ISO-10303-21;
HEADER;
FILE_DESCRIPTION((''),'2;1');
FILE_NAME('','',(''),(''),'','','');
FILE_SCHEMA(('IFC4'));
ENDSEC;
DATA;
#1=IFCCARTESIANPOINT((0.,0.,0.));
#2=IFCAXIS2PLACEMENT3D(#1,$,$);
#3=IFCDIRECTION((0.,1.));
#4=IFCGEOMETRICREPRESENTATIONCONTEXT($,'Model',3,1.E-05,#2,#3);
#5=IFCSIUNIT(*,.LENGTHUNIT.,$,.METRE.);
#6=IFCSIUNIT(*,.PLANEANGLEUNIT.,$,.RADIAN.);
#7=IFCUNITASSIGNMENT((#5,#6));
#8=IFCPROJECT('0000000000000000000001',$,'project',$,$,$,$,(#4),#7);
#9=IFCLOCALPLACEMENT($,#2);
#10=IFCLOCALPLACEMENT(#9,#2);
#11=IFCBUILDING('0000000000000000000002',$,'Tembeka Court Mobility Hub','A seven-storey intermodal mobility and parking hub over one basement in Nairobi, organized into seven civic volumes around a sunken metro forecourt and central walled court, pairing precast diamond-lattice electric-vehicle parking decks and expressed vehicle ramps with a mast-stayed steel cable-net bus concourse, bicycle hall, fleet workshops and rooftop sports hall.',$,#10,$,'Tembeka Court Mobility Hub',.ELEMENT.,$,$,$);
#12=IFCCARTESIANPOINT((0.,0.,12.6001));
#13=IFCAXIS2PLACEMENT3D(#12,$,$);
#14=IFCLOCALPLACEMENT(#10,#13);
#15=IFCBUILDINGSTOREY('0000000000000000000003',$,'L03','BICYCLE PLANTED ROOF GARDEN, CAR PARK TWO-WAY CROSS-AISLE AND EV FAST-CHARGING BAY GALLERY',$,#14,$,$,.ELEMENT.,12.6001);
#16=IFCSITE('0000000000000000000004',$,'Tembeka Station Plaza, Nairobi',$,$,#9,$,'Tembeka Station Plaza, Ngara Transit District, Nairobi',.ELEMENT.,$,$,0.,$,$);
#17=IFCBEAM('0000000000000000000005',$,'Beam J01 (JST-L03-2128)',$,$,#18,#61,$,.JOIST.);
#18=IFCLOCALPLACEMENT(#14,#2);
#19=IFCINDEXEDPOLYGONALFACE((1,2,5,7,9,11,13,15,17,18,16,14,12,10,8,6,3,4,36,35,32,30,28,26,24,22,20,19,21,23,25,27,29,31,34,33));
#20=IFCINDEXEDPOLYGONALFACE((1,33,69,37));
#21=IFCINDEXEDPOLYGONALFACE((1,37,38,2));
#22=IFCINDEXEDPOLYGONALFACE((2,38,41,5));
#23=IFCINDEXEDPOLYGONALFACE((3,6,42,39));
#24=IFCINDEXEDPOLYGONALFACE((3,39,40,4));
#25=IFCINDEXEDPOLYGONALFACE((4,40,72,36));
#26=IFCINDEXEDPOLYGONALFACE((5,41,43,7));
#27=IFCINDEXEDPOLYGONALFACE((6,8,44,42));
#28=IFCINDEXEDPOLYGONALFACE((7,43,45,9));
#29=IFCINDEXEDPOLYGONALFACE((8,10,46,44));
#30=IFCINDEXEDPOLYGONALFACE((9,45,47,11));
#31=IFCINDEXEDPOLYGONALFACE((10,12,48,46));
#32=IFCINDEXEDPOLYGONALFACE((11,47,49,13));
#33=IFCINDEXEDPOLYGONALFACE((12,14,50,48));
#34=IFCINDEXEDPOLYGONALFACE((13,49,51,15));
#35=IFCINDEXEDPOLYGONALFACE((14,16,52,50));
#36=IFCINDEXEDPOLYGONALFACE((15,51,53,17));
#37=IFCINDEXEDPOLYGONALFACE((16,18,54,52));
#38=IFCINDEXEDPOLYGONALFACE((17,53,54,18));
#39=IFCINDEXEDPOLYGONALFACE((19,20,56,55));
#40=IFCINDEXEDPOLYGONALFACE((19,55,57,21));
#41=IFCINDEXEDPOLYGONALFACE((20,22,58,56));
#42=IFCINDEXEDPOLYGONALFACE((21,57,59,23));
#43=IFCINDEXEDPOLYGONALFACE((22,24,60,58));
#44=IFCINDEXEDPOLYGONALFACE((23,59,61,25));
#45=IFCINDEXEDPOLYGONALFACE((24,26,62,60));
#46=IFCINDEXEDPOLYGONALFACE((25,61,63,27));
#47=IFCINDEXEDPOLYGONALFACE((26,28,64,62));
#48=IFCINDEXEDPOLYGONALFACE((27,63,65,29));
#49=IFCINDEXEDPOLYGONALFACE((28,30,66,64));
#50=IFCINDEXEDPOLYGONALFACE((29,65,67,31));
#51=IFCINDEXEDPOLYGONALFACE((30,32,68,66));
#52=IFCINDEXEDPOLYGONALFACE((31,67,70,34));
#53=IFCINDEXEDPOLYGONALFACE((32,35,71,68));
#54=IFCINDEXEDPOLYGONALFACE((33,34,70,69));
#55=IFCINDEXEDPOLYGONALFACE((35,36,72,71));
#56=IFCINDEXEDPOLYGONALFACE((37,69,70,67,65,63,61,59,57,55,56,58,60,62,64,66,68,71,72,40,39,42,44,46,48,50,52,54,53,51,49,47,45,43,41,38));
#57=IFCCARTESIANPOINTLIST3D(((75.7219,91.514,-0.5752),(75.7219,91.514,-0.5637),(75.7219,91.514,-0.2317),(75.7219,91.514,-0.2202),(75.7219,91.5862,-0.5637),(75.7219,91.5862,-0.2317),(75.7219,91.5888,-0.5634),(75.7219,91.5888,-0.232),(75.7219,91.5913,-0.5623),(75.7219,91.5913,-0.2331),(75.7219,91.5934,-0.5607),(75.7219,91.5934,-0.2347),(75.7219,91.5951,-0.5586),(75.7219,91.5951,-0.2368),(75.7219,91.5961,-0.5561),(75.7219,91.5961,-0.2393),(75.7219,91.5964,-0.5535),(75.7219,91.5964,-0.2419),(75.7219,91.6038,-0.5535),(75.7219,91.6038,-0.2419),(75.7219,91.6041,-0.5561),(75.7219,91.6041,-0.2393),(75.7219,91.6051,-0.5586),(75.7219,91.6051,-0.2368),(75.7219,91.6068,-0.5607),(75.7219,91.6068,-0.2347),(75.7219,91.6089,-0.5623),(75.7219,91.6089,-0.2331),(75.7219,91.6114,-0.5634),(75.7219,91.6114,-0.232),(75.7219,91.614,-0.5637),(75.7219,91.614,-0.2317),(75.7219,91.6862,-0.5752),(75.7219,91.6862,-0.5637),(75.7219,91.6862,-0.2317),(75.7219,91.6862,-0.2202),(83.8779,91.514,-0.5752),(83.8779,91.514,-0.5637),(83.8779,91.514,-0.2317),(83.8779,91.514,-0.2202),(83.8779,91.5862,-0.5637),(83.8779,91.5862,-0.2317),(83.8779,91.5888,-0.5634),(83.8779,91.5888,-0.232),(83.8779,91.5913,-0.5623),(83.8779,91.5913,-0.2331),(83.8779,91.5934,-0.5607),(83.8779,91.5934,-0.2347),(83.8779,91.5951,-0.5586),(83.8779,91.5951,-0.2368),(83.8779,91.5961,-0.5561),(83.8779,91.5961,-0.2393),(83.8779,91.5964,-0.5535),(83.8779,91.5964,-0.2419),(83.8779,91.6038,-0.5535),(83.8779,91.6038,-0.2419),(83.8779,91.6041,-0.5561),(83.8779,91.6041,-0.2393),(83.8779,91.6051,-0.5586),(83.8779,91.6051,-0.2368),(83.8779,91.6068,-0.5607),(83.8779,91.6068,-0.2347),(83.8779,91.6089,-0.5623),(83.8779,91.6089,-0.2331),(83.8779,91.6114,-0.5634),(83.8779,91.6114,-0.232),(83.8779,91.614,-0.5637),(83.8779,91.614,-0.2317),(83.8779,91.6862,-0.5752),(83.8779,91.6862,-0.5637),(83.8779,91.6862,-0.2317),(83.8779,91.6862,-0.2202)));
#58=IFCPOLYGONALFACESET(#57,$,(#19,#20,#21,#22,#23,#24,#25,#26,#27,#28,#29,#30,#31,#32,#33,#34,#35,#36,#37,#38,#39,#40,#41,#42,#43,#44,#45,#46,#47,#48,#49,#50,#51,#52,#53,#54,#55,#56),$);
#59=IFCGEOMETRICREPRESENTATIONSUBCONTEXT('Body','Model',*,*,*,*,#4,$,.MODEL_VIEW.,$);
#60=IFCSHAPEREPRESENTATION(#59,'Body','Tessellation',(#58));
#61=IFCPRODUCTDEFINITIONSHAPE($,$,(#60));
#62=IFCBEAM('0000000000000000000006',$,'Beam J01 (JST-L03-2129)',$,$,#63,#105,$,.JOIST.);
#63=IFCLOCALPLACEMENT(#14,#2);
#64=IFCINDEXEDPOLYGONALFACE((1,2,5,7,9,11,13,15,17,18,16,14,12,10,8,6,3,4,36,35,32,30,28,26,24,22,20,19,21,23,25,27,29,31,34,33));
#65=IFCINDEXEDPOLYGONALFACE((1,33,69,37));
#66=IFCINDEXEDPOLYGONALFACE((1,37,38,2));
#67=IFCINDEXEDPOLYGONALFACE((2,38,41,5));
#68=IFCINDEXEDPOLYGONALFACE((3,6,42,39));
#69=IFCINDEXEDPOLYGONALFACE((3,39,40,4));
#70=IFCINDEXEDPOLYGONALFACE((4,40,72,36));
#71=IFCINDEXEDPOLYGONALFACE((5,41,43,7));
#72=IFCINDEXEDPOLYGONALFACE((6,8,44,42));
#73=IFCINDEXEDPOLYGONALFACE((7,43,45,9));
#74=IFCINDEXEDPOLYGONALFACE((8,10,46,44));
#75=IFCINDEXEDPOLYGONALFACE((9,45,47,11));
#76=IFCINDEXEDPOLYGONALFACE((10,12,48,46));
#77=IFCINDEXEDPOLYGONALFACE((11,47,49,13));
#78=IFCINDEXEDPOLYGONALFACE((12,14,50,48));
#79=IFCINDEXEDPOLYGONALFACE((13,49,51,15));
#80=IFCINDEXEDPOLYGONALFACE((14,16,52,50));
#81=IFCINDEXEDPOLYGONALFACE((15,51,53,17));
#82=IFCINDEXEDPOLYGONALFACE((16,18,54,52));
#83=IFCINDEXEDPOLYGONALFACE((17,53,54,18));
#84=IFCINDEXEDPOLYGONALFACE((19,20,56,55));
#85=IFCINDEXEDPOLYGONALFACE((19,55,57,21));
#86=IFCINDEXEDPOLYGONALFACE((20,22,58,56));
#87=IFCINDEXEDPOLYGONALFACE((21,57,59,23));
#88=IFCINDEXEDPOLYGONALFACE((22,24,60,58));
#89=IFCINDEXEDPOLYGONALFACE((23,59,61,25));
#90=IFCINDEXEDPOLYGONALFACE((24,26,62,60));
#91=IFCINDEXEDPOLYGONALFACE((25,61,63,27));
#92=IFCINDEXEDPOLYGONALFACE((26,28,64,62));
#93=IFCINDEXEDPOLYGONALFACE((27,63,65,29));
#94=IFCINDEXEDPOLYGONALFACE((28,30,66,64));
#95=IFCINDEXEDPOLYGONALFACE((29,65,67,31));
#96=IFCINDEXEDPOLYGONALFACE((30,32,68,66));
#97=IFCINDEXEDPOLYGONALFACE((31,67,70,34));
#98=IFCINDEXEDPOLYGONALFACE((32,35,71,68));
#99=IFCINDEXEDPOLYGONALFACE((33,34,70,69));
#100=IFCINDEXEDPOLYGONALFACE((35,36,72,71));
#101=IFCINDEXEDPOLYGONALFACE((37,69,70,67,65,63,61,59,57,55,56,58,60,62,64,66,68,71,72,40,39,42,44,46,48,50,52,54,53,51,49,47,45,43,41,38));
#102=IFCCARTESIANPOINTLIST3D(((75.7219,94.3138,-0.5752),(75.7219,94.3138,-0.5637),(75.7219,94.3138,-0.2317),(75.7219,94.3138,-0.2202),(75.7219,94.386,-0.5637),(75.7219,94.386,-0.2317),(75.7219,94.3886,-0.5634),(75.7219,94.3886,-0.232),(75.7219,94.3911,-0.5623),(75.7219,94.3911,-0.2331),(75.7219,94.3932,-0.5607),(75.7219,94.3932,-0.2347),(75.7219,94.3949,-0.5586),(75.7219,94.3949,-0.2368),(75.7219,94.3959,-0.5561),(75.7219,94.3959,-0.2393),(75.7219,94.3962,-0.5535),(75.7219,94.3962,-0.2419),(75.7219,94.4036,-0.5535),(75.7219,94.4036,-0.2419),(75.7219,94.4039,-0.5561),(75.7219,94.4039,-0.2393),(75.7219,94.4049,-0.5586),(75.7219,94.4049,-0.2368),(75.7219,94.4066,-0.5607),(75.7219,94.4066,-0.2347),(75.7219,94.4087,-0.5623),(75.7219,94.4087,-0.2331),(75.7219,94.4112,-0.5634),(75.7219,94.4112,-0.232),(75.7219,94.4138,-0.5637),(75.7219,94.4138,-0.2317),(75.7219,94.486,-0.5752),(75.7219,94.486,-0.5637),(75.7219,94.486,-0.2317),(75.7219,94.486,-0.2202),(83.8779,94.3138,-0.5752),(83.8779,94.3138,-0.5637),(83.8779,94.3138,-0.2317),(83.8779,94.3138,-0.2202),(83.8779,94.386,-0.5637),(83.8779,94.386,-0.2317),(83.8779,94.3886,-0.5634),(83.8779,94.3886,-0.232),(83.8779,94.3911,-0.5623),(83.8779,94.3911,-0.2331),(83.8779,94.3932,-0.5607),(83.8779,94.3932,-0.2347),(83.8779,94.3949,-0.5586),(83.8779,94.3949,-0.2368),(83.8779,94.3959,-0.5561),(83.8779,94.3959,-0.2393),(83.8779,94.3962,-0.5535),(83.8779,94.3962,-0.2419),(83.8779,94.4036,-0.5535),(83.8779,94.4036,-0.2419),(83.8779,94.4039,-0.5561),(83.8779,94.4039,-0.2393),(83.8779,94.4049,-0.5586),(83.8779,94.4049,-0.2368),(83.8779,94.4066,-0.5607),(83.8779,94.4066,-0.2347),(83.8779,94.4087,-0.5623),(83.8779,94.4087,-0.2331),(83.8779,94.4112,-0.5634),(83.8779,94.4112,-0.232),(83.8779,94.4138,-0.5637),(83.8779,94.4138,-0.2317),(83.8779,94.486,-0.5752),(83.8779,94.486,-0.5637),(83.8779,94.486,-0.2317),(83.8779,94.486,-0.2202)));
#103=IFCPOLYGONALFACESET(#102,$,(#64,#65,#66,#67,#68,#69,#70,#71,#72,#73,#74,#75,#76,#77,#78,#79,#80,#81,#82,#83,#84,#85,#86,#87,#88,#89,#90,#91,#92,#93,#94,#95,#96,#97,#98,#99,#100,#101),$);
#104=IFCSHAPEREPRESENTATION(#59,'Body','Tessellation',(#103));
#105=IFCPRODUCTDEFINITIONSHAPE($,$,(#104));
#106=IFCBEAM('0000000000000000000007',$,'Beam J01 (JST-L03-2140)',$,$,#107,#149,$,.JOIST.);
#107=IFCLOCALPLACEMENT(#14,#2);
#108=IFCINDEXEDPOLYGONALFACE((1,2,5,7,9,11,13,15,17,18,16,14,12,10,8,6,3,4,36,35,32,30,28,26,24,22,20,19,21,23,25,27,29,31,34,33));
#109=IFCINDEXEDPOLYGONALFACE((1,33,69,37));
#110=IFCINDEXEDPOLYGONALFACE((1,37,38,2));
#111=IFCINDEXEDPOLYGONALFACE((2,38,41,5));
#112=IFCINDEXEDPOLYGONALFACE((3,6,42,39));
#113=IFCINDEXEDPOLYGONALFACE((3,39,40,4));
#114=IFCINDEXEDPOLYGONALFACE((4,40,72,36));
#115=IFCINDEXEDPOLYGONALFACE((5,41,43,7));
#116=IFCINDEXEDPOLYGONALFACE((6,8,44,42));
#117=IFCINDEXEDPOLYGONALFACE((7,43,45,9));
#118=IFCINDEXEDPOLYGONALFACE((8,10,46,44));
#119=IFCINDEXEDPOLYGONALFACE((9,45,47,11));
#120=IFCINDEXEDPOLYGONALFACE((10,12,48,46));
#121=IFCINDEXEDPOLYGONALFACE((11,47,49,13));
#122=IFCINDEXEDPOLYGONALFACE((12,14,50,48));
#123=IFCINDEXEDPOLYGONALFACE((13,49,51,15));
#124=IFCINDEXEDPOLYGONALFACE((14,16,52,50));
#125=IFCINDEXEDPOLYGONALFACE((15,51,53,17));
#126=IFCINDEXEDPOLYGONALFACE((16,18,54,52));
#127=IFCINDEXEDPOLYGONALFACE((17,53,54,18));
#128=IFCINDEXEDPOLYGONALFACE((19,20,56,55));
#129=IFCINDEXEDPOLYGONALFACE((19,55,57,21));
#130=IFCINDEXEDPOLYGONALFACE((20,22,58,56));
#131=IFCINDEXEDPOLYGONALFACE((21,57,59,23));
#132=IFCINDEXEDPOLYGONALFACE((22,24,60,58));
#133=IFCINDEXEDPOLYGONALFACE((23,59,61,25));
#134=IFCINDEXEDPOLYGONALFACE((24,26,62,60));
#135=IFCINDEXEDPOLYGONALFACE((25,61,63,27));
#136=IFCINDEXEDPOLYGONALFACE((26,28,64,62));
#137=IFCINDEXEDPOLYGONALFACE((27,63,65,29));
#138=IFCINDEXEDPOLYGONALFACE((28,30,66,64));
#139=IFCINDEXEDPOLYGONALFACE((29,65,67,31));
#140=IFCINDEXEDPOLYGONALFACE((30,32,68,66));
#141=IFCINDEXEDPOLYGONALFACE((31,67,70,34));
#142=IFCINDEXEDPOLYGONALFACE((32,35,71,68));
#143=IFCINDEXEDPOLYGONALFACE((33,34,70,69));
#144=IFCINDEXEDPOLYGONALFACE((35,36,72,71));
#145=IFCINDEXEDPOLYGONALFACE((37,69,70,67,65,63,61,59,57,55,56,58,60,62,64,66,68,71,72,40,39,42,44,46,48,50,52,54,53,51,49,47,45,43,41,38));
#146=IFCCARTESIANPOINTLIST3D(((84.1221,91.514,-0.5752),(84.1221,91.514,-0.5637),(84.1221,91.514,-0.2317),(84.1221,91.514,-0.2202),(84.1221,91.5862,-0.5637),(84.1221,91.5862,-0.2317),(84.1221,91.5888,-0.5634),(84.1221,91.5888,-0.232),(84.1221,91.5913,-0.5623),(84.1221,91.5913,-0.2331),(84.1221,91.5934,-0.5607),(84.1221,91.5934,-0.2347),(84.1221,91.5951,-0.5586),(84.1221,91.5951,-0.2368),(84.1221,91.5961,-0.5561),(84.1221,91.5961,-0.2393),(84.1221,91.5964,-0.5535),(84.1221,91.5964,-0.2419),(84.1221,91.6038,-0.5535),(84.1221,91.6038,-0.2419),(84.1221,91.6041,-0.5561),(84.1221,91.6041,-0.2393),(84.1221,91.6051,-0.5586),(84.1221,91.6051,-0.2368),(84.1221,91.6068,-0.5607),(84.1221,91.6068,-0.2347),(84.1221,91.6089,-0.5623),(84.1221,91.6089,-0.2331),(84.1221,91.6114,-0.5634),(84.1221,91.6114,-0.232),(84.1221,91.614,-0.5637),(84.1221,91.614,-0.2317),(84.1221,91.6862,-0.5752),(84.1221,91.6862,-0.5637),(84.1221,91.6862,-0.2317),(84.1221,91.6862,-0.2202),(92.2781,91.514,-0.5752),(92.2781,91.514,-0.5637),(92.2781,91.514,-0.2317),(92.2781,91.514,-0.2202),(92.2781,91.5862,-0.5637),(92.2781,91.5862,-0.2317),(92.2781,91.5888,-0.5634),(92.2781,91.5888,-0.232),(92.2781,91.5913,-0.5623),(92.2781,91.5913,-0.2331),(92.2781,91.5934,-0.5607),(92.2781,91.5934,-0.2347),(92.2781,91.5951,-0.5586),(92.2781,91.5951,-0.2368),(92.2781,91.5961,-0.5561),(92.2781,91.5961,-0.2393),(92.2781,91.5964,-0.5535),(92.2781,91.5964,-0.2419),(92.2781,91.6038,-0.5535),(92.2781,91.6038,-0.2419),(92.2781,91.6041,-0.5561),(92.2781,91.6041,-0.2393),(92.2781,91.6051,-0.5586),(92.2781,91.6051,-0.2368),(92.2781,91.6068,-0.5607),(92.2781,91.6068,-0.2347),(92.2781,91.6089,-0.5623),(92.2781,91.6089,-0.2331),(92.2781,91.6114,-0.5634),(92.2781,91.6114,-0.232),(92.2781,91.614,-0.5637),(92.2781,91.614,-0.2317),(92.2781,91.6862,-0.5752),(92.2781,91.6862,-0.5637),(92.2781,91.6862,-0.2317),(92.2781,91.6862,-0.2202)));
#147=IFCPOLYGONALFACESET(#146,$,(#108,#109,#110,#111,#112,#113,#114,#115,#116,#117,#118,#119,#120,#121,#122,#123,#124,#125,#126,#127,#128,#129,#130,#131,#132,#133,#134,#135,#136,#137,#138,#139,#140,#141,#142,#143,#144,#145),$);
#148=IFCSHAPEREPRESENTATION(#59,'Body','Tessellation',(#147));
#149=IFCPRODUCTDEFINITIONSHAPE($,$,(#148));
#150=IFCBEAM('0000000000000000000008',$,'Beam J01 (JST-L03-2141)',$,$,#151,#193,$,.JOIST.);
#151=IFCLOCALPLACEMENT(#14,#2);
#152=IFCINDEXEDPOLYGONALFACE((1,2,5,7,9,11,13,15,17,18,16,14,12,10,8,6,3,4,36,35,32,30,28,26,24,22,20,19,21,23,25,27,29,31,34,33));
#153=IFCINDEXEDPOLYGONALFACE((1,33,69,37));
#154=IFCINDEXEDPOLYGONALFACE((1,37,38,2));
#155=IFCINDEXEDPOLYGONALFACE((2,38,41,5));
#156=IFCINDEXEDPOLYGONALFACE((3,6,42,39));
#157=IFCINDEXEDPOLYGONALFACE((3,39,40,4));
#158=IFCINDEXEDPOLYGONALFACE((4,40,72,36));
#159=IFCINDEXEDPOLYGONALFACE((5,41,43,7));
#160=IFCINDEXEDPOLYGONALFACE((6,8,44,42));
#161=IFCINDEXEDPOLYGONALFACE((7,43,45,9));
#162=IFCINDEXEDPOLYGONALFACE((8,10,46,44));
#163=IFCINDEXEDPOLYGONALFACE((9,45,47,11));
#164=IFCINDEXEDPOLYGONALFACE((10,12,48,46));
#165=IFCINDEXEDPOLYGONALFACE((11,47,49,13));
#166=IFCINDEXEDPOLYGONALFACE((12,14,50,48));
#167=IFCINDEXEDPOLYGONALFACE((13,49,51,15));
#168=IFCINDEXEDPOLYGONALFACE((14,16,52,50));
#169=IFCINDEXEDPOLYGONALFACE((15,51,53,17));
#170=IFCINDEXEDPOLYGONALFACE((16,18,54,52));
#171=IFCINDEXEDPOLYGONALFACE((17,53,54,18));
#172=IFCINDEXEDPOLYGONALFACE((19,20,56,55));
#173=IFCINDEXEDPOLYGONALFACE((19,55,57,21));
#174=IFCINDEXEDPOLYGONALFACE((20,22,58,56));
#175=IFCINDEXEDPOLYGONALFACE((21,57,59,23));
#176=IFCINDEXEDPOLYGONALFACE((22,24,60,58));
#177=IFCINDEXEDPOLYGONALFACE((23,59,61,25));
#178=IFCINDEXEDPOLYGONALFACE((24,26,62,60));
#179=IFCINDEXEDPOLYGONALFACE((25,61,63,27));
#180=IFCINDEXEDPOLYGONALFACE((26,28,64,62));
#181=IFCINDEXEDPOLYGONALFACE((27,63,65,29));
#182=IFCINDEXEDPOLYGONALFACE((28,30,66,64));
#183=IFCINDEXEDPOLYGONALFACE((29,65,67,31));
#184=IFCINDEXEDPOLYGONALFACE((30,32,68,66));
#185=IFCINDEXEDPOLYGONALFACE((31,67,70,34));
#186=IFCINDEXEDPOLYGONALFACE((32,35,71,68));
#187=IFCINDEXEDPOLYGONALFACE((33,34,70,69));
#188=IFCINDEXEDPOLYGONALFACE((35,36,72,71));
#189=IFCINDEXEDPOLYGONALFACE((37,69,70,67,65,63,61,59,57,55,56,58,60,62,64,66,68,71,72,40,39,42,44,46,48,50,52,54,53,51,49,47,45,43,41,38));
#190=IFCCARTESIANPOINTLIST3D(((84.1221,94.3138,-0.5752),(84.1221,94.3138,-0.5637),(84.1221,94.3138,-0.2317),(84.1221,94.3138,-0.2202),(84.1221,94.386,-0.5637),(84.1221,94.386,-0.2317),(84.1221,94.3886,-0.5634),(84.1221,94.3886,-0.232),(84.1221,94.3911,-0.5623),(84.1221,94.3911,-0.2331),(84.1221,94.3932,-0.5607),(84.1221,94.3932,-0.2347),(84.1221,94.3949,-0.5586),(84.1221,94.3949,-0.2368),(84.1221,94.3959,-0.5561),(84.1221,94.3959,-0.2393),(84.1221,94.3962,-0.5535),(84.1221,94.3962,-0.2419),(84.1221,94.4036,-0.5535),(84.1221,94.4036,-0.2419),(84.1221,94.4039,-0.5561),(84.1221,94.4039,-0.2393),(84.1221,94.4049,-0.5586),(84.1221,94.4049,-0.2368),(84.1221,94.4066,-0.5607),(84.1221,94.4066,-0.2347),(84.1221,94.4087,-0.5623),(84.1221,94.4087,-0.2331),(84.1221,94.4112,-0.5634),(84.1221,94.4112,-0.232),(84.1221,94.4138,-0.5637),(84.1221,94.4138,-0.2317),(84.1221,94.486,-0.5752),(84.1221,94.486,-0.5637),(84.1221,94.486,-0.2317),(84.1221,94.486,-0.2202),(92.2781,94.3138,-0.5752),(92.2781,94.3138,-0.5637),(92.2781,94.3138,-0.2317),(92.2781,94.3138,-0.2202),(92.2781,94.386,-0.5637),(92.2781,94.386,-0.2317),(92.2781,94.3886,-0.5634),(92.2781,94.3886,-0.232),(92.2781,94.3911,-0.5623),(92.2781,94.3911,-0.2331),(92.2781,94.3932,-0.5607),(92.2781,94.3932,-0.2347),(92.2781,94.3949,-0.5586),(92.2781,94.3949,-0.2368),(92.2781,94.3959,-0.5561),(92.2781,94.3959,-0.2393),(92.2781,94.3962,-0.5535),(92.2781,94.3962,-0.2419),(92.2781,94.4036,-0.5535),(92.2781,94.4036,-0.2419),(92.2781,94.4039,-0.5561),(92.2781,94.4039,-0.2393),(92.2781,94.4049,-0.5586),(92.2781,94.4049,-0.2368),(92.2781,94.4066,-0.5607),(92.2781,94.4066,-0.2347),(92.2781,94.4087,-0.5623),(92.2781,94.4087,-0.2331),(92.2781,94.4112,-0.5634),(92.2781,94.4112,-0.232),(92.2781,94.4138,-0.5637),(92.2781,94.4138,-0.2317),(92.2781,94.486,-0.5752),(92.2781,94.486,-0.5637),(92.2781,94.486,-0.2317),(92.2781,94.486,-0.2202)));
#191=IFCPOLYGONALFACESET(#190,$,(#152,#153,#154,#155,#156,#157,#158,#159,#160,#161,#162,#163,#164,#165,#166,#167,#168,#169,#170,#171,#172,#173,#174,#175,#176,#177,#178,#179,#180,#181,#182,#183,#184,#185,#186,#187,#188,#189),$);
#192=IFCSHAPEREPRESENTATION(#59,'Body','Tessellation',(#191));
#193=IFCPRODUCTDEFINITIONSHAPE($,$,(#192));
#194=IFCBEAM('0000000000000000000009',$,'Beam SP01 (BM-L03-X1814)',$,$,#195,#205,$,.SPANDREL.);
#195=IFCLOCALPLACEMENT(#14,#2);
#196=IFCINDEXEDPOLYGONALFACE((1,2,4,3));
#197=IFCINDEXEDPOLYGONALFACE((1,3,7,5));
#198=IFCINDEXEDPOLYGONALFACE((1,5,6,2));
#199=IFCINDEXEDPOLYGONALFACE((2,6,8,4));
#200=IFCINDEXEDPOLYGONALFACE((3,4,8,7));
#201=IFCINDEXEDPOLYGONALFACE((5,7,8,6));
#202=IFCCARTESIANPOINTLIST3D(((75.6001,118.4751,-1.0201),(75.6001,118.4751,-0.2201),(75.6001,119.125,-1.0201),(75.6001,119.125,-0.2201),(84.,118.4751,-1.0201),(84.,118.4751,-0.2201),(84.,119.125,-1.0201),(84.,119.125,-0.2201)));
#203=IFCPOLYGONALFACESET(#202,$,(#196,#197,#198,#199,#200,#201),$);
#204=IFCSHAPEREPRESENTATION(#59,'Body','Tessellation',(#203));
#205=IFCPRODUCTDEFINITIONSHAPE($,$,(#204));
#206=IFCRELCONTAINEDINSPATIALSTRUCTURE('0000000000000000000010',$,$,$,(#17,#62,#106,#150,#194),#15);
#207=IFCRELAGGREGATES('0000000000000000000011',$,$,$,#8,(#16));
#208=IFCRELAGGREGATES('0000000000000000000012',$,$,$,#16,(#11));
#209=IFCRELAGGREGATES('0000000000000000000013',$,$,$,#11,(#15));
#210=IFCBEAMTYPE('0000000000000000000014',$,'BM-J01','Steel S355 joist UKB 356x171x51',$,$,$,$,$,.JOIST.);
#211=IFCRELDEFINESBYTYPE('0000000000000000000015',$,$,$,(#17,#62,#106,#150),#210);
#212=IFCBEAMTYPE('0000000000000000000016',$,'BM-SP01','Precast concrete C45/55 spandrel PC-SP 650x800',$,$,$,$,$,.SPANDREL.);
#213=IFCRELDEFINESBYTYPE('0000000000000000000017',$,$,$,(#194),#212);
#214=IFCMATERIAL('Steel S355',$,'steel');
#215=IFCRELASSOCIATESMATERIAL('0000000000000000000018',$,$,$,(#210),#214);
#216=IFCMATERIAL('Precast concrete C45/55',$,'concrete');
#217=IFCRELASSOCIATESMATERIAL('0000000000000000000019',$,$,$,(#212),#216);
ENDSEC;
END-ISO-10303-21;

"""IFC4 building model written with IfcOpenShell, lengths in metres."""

from ifc_helpers import new_model, si_unit, direction, frame, origin, origin_2d, place, context, subcontext, project, spatial, rectangle, i_section, extrude, material, material_profile, profile_set, type_object, element, save


model = new_model("IFC4")

# Units and contexts
model_context = context("Model", 3, precision=1e-05, world=origin(), true_north=direction((0.0, 1.0)))
body_context = subcontext(model_context, "Body", "Model", "MODEL_VIEW")
ifc_project = project(units=[si_unit("LENGTHUNIT", "METRE"), si_unit("PLANEANGLEUNIT", "RADIAN")], contexts=[model_context])

# Site, building, storey
site_placement = place(None, origin())
site = spatial("IfcSite", under=ifc_project, at=site_placement, Name="Tembeka Station Plaza, Nairobi", LongName="Tembeka Station Plaza, Ngara Transit District, Nairobi", CompositionType="ELEMENT", RefElevation=0.0)
building_placement = place(site_placement, origin())
building = spatial("IfcBuilding", under=site, at=building_placement, Name="Tembeka Court Mobility Hub", Description="A seven-storey intermodal mobility and parking hub over one basement in Nairobi, organized into seven civic volumes around a sunken metro forecourt and central walled court, pairing precast diamond-lattice electric-vehicle parking decks and expressed vehicle ramps with a mast-stayed steel cable-net bus concourse, bicycle hall, fleet workshops and rooftop sports hall.", LongName="Tembeka Court Mobility Hub", CompositionType="ELEMENT")
storey_placement = place(building_placement, frame((0.0, 0.0, 12.6001)))
storey = spatial("IfcBuildingStorey", under=building, at=storey_placement, Name="L03", Description="BICYCLE PLANTED ROOF GARDEN, CAR PARK TWO-WAY CROSS-AISLE AND EV FAST-CHARGING BAY GALLERY", CompositionType="ELEMENT", Elevation=12.6001)

# Shared definitions
ifc_material_1 = material(Name="Steel S355", Category="steel")

# Beams
ifc_material_profile_1 = material_profile(ifc_material_1, i_section(OverallWidth=0.1721, OverallDepth=0.355, WebThickness=0.0073, FlangeThickness=0.0115, FilletRadius=0.0103, at=origin_2d()), Name="UKB 356x171x51")
ifc_profile_set_1 = profile_set([ifc_material_profile_1], Name="Steel S355")
beam_type_1 = type_object("IfcBeamType", Name="BM-J01", Description="Steel S355 joist UKB 356x171x51", PredefinedType="JOIST", material=ifc_profile_set_1)
for number, where, z_axis, x_axis, name in (
    (1, (75.7219, 91.6001, -0.3977), (1.0, 0.0, 0.0), (0.0, 1.0, 0.0), "Beam J01 (JST-L03-2128)"),
    (2, (75.7219, 94.3999, -0.3977), (1.0, 0.0, 0.0), (0.0, 1.0, 0.0), "Beam J01 (JST-L03-2129)"),
    (3, (84.1221, 91.6001, -0.3977), (1.0, 0.0, 0.0), (0.0, 1.0, 0.0), "Beam J01 (JST-L03-2140)"),
    (4, (84.1221, 94.3999, -0.3977), (1.0, 0.0, 0.0), (0.0, 1.0, 0.0), "Beam J01 (JST-L03-2141)"),
):
    element("IfcBeam", number, at=place(storey_placement, frame(where, z_axis=z_axis, x_axis=x_axis)), inside=storey, type_object=beam_type_1, Name=name, PredefinedType="JOIST", context=body_context, shape_type="SweptSolid", body=[
        extrude(i_section(OverallWidth=0.1721, OverallDepth=0.355, WebThickness=0.0073, FlangeThickness=0.0115, FilletRadius=0.0103, at=origin_2d()), origin(), (0.0, 0.0, 1.0), 8.156),
    ])
ifc_material_2 = material(Name="Precast concrete C45/55", Category="concrete")
ifc_material_profile_2 = material_profile(ifc_material_2, rectangle(XDim=0.6499, YDim=0.8, at=origin_2d()), Name="PC-SP 650x800")
ifc_profile_set_2 = profile_set([ifc_material_profile_2], Name="Precast concrete C45/55")
beam_type_2 = type_object("IfcBeamType", Name="BM-SP01", Description="Precast concrete C45/55 spandrel PC-SP 650x800", PredefinedType="SPANDREL", material=ifc_profile_set_2)
for number, where, z_axis, x_axis, name in (
    (5, (75.6001, 118.8, -0.6201), (1.0, 0.0, 0.0), (0.0, 1.0, 0.0), "Beam SP01 (BM-L03-X1814)"),
):
    element("IfcBeam", number, at=place(storey_placement, frame(where, z_axis=z_axis, x_axis=x_axis)), inside=storey, type_object=beam_type_2, Name=name, PredefinedType="SPANDREL", context=body_context, shape_type="SweptSolid", body=[
        extrude(rectangle(XDim=0.6499, YDim=0.8, at=origin_2d()), origin(), (0.0, 0.0, 1.0), 8.3999),
    ])

save(model, "model.ifc")
